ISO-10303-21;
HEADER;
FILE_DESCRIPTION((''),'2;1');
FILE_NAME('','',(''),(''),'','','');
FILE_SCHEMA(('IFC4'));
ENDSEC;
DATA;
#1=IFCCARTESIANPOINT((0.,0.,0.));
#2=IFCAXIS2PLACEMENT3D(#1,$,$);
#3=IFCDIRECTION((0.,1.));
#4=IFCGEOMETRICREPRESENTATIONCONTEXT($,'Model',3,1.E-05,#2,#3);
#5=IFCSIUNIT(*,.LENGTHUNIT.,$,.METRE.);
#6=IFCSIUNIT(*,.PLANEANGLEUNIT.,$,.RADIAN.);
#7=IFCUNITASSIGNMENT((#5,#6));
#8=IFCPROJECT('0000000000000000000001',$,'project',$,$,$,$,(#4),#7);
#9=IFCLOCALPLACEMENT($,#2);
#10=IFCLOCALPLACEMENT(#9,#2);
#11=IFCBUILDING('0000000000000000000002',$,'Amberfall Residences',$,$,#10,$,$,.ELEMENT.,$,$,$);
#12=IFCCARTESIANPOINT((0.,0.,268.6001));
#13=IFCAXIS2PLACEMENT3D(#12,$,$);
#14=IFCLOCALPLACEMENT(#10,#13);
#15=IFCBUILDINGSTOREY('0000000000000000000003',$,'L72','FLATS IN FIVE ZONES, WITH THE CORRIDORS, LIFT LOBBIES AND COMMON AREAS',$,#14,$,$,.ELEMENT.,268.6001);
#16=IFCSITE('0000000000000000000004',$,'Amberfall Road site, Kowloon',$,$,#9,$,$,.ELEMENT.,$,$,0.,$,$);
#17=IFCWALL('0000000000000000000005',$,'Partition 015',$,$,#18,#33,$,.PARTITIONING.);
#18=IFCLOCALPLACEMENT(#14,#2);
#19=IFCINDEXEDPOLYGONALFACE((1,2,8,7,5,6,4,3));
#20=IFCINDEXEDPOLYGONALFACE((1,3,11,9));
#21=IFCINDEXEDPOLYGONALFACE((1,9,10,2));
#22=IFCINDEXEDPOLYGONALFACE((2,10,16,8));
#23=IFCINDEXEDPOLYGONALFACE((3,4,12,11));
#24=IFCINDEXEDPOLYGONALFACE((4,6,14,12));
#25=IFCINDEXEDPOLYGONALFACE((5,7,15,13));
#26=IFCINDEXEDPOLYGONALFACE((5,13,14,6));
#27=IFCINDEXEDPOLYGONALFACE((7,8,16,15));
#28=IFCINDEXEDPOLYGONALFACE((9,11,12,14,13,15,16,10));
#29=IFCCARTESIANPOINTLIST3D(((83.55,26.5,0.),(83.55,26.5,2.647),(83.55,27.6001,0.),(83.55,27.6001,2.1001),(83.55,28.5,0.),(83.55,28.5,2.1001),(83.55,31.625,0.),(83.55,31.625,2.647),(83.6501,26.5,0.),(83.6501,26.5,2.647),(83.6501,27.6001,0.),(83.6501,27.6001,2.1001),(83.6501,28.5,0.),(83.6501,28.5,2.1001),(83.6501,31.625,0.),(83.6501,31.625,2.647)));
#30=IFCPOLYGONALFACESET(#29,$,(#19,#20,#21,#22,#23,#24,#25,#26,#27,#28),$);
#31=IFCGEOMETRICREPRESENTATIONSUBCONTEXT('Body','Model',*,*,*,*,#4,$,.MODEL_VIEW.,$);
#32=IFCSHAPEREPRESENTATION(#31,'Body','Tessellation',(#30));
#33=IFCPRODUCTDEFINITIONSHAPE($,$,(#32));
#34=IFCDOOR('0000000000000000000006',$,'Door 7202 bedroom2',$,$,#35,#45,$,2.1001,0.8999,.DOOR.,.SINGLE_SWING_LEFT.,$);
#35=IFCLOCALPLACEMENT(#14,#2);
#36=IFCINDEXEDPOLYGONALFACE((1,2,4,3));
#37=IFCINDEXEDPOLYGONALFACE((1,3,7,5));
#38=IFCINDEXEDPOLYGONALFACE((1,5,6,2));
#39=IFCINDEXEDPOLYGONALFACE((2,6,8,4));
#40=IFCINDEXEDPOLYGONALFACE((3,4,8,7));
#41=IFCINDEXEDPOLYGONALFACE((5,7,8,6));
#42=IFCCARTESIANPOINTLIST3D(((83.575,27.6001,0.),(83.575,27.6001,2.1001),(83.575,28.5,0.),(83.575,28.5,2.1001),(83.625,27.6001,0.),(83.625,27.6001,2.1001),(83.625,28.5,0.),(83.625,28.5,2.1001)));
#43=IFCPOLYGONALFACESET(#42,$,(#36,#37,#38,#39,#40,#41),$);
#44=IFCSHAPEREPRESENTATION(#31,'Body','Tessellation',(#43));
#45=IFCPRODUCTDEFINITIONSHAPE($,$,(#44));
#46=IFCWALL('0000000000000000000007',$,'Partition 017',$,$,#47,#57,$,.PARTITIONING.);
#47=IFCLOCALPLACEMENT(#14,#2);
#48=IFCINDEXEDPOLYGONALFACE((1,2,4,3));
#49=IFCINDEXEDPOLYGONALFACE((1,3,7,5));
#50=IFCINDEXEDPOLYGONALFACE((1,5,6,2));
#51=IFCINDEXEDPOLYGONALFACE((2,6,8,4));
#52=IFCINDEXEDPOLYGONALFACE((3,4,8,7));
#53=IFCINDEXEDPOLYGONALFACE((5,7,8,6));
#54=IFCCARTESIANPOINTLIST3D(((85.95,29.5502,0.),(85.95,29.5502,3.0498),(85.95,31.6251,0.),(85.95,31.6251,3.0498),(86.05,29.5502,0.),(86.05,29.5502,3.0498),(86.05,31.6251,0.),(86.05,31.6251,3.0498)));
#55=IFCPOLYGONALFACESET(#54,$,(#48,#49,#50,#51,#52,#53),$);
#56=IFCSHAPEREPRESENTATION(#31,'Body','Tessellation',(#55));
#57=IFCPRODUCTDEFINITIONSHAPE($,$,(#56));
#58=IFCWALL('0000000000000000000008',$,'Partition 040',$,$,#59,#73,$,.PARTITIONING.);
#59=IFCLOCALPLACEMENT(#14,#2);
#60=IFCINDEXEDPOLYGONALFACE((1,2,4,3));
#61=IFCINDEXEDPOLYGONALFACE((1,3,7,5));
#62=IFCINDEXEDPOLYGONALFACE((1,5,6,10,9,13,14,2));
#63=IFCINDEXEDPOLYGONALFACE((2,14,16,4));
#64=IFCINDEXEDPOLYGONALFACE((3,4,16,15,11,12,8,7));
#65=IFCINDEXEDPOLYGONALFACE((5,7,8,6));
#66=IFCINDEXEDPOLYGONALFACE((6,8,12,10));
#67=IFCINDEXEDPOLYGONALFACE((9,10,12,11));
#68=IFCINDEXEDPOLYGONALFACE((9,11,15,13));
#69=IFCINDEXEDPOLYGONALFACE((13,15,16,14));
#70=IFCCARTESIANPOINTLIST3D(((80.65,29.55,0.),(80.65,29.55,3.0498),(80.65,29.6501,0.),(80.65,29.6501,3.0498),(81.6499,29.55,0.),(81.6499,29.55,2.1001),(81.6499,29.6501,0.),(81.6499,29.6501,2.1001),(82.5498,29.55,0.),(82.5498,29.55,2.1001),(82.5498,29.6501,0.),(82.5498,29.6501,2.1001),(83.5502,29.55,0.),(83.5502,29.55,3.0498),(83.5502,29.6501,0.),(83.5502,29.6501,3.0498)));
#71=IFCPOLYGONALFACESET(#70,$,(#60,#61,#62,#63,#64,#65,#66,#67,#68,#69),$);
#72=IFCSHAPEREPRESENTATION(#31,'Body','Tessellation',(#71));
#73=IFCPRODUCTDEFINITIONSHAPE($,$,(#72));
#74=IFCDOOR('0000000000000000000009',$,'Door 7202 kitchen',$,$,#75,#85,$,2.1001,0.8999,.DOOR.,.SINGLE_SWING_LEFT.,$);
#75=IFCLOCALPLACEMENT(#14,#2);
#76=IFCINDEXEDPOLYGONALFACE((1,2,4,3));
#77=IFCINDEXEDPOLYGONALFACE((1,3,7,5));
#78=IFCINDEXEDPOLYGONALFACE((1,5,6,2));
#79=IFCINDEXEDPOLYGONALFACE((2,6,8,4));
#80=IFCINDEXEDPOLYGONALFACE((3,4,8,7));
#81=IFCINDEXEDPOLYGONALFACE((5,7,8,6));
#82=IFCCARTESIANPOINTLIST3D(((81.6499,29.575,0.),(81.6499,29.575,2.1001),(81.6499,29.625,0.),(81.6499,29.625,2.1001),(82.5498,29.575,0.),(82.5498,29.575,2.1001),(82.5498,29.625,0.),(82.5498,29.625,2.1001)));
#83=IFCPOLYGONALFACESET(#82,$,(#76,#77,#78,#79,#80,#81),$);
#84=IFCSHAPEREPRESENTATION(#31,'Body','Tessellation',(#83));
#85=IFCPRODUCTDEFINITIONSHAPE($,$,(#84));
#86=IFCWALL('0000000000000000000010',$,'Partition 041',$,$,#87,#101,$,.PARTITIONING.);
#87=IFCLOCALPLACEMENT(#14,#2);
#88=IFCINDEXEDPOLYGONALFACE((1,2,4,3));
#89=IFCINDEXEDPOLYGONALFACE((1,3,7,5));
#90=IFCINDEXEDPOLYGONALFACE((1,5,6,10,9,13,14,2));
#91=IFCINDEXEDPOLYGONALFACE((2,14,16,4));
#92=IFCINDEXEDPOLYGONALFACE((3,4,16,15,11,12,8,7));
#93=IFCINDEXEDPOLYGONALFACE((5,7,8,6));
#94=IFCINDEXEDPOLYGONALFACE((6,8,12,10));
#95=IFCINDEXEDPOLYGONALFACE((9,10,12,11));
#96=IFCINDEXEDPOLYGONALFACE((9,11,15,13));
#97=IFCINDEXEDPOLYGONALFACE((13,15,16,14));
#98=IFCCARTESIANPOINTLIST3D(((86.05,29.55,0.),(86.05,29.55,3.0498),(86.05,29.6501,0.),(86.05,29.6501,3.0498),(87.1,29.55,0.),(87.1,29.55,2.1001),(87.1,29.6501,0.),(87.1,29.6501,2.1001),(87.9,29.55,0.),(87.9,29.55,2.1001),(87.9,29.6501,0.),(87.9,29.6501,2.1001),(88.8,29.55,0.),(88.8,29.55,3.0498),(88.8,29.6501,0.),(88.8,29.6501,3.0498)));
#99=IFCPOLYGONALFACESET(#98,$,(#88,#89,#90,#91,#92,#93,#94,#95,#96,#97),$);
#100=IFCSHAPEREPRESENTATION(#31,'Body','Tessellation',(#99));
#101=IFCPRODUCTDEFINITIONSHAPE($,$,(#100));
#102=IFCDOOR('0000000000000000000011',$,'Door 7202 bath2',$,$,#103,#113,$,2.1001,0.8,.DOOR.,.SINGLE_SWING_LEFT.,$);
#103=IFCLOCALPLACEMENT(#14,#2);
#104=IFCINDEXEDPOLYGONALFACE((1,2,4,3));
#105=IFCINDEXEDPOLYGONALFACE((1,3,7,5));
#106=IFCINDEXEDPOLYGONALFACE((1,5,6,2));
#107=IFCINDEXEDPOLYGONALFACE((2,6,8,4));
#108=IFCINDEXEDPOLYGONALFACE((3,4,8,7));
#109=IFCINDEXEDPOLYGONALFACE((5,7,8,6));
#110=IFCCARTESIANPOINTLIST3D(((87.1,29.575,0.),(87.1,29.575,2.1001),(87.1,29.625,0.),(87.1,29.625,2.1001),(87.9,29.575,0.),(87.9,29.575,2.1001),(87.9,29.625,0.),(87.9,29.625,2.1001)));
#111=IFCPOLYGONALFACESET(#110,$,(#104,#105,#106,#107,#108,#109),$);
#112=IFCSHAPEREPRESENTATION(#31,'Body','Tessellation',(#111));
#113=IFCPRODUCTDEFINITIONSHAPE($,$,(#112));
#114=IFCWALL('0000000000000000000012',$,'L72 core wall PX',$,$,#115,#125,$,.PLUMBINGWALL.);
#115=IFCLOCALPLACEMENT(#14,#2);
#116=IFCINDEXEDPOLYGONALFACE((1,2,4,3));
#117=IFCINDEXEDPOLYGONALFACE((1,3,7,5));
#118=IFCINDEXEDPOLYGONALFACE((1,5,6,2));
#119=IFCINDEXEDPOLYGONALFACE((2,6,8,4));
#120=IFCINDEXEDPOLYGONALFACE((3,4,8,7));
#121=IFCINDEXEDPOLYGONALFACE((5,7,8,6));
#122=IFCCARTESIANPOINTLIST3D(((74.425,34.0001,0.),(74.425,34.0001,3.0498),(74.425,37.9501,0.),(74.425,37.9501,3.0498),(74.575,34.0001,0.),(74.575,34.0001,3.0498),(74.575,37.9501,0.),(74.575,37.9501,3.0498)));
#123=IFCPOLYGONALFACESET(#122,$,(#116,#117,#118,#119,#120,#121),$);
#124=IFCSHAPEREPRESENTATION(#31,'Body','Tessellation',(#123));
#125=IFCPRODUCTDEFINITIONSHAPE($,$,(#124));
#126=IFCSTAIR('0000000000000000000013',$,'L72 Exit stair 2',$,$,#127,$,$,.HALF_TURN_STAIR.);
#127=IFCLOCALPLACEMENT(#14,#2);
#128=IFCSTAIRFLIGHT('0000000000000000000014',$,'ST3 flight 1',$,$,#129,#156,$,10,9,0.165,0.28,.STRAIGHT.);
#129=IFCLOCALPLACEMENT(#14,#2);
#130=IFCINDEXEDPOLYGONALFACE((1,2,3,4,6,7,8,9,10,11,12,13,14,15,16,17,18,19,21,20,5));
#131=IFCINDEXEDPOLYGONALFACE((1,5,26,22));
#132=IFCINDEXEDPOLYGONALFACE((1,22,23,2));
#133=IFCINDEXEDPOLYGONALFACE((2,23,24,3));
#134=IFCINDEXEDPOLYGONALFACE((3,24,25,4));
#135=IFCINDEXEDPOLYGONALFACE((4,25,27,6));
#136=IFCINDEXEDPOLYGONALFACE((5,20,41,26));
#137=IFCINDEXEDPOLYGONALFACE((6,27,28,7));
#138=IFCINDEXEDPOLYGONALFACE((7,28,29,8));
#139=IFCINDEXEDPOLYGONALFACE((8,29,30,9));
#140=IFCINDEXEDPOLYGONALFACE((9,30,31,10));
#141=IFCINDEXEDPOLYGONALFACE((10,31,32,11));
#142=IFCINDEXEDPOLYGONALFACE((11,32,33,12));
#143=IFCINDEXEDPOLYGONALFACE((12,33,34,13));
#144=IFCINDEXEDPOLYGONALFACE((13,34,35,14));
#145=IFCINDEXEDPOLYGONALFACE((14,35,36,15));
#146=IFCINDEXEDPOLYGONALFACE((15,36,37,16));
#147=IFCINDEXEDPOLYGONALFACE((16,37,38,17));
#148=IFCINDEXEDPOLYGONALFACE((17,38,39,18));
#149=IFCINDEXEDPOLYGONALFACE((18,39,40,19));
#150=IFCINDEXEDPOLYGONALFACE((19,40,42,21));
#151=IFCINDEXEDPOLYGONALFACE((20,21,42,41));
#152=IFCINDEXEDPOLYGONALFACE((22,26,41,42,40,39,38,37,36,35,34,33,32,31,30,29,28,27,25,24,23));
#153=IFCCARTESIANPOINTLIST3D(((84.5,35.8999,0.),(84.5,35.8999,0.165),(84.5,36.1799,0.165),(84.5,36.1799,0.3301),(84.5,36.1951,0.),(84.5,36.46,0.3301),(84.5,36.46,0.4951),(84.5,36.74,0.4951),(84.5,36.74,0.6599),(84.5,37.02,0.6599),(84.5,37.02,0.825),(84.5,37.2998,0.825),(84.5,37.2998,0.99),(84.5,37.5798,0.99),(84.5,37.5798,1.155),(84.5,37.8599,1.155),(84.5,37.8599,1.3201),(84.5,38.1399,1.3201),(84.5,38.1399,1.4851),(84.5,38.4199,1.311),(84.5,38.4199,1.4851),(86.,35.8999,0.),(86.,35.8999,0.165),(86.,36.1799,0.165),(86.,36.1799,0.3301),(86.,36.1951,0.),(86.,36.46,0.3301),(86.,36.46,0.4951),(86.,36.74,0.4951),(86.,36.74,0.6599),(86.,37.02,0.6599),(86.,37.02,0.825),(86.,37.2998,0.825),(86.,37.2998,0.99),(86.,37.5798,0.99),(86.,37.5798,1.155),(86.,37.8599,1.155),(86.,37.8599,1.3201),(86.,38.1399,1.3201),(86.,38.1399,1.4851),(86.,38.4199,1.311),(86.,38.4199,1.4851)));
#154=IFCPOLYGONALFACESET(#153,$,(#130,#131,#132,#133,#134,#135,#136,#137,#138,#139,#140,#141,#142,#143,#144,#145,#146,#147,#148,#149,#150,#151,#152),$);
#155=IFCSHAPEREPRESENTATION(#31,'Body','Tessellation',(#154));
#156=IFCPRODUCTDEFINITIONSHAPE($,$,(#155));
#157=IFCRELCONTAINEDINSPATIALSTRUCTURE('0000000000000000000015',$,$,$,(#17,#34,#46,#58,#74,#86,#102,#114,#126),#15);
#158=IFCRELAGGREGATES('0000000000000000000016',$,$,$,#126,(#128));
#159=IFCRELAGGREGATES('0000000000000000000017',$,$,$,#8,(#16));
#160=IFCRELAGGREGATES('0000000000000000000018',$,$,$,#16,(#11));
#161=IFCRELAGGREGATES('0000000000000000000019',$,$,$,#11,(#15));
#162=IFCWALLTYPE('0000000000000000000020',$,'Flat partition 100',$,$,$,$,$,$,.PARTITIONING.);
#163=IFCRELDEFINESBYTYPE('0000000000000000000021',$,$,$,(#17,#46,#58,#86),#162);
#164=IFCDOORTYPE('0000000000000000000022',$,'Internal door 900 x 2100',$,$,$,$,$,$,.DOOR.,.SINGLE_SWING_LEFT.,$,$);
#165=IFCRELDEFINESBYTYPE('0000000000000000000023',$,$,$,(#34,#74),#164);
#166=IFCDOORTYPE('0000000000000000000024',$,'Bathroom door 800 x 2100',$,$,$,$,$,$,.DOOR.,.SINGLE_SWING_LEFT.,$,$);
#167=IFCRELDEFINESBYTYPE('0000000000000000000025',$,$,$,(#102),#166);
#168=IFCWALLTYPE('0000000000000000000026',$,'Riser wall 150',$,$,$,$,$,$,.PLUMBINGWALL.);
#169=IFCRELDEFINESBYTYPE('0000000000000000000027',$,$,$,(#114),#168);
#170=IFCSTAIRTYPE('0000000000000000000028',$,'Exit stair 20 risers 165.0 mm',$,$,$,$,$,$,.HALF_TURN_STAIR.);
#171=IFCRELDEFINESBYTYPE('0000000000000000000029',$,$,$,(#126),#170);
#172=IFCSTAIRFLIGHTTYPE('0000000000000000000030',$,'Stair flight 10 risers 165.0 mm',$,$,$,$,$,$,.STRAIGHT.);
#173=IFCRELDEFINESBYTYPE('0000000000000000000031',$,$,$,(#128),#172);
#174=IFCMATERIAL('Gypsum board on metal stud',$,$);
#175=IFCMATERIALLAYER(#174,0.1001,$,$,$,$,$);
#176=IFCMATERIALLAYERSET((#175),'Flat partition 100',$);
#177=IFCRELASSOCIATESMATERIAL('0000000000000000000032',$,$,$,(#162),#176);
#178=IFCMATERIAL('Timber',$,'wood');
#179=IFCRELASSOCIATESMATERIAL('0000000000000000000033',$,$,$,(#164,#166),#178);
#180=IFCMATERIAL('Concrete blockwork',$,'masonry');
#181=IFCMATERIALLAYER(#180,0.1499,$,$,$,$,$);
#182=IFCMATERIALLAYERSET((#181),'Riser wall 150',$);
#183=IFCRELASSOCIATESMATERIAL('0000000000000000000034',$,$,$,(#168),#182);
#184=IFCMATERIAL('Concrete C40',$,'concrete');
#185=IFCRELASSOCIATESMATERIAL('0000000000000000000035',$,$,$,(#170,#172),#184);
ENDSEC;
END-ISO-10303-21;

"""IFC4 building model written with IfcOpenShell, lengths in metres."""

from ifc_helpers import new_model, si_unit, direction, frame, frame_2d, origin, place, context, subcontext, project, spatial, polyline, rectangle, outline, extrude, material, layer, layer_set, type_object, element, fill, aggregate, save


model = new_model("IFC4")

# Units and contexts
model_context = context("Model", 3, precision=1e-05, world=origin(), true_north=direction((0.0, 1.0)))
body_context = subcontext(model_context, "Body", "Model", "MODEL_VIEW")
ifc_project = project(units=[si_unit("LENGTHUNIT", "METRE"), si_unit("PLANEANGLEUNIT", "RADIAN")], contexts=[model_context])

# Site, building, storey
site_placement = place(None, origin())
site = spatial("IfcSite", under=ifc_project, at=site_placement, Name="Amberfall Road site, Kowloon", CompositionType="ELEMENT", RefElevation=0.0)
building_placement = place(site_placement, origin())
building = spatial("IfcBuilding", under=site, at=building_placement, Name="Amberfall Residences", CompositionType="ELEMENT")
storey_placement = place(building_placement, frame((0.0, 0.0, 268.6001)))
storey = spatial("IfcBuildingStorey", under=building, at=storey_placement, Name="L72", Description="FLATS IN FIVE ZONES, WITH THE CORRIDORS, LIFT LOBBIES AND COMMON AREAS", CompositionType="ELEMENT", Elevation=268.6001)

# Shared definitions
ifc_material_1 = material(Name="Gypsum board on metal stud")
ifc_layer_1 = layer(ifc_material_1, 0.1001)
ifc_layer_set_1 = layer_set([ifc_layer_1], Name="Flat partition 100")
wall_type_1 = type_object("IfcWallType", Name="Flat partition 100", PredefinedType="PARTITIONING", material=ifc_layer_set_1)

# Wall, opening, door
wall_1_placement = place(storey_placement, frame((83.6001, 31.625, 0.0), z_axis=(0.0, 0.0, 1.0), x_axis=(0.0, -1.0, 0.0)))
wall_1 = element("IfcWall", 1, at=wall_1_placement, inside=storey, type_object=wall_type_1, Name="Partition 015", PredefinedType="PARTITIONING", context=body_context, shape_type="SweptSolid", body=[
    extrude(rectangle(XDim=5.125, YDim=0.1001, at=frame_2d((2.5625, 0.0))), origin(), (0.0, 0.0, 1.0), 2.647),
])
opening_1_placement = place(wall_1_placement, frame((3.125, 0.0, 0.0)))
opening_1 = element("IfcOpeningElement", 2, at=opening_1_placement, cuts=wall_1, PredefinedType="OPENING", context=body_context, shape_type="SweptSolid", body=[
    extrude(rectangle(XDim=0.8999, YDim=2.1001, at=frame_2d((0.45, 1.05))), frame((0.0, 0.0601, 0.0), z_axis=(0.0, -1.0, 0.0), x_axis=(1.0, 0.0, 0.0)), (0.0, 0.0, 1.0), 0.1201),
])
ifc_material_2 = material(Name="Timber", Category="wood")
door_type_1 = type_object("IfcDoorType", Name="Internal door 900 x 2100", OperationType="SINGLE_SWING_LEFT", PredefinedType="DOOR", material=ifc_material_2)
door_1_placement = place(opening_1_placement, origin())
door_1 = element("IfcDoor", 3, at=door_1_placement, inside=storey, type_object=door_type_1, Name="Door 7202 bedroom2", OperationType="SINGLE_SWING_LEFT", OverallHeight=2.1001, OverallWidth=0.8999, PredefinedType="DOOR", context=body_context, shape_type="SweptSolid", body=[
    extrude(rectangle(XDim=0.8999, YDim=2.1001, at=frame_2d((0.45, 1.05))), frame((0.0, 0.0249, 0.0), z_axis=(0.0, -1.0, 0.0), x_axis=(1.0, 0.0, 0.0)), (0.0, 0.0, 1.0), 0.05),
])
fill(opening_1, door_1)

# Wall
wall_2_placement = place(storey_placement, frame((86.0, 29.55, 0.0), z_axis=(0.0, 0.0, 1.0), x_axis=(0.0, 1.0, 0.0)))
element("IfcWall", 4, at=wall_2_placement, inside=storey, type_object=wall_type_1, Name="Partition 017", PredefinedType="PARTITIONING", context=body_context, shape_type="SweptSolid", body=[
    extrude(rectangle(XDim=2.075, YDim=0.1001, at=frame_2d((1.0376, 0.0))), origin(), (0.0, 0.0, 1.0), 3.0498),
])

# Walls, openings, doors
wall_3_placement = place(storey_placement, frame((80.6499, 29.6001, 0.0), z_axis=(0.0, 0.0, 1.0), x_axis=(1.0, 0.0, 0.0)))
wall_3 = element("IfcWall", 5, at=wall_3_placement, inside=storey, type_object=wall_type_1, Name="Partition 040", PredefinedType="PARTITIONING", context=body_context, shape_type="SweptSolid", body=[
    extrude(rectangle(XDim=2.9001, YDim=0.1001, at=frame_2d((1.4502, 0.0))), origin(), (0.0, 0.0, 1.0), 3.0498),
])
opening_2_placement = place(wall_3_placement, frame((1.0, 0.0, 0.0)))
opening_2 = element("IfcOpeningElement", 6, at=opening_2_placement, cuts=wall_3, PredefinedType="OPENING", context=body_context, shape_type="SweptSolid", body=[
    extrude(rectangle(XDim=0.8999, YDim=2.1001, at=frame_2d((0.45, 1.05))), frame((0.0, 0.0601, 0.0), z_axis=(0.0, -1.0, 0.0), x_axis=(1.0, 0.0, 0.0)), (0.0, 0.0, 1.0), 0.1201),
])
door_2_placement = place(opening_2_placement, origin())
door_2 = element("IfcDoor", 7, at=door_2_placement, inside=storey, type_object=door_type_1, Name="Door 7202 kitchen", OperationType="SINGLE_SWING_LEFT", OverallHeight=2.1001, OverallWidth=0.8999, PredefinedType="DOOR", context=body_context, shape_type="SweptSolid", body=[
    extrude(rectangle(XDim=0.8999, YDim=2.1001, at=frame_2d((0.45, 1.05))), frame((0.0, 0.0249, 0.0), z_axis=(0.0, -1.0, 0.0), x_axis=(1.0, 0.0, 0.0)), (0.0, 0.0, 1.0), 0.05),
])
fill(opening_2, door_2)
wall_4_placement = place(storey_placement, frame((86.05, 29.6001, 0.0), z_axis=(0.0, 0.0, 1.0), x_axis=(1.0, 0.0, 0.0)))
wall_4 = element("IfcWall", 8, at=wall_4_placement, inside=storey, type_object=wall_type_1, Name="Partition 041", PredefinedType="PARTITIONING", context=body_context, shape_type="SweptSolid", body=[
    extrude(rectangle(XDim=2.75, YDim=0.1001, at=frame_2d((1.375, 0.0))), origin(), (0.0, 0.0, 1.0), 3.0498),
])
opening_3_placement = place(wall_4_placement, frame((1.05, 0.0, 0.0)))
opening_3 = element("IfcOpeningElement", 9, at=opening_3_placement, cuts=wall_4, PredefinedType="OPENING", context=body_context, shape_type="SweptSolid", body=[
    extrude(rectangle(XDim=0.8, YDim=2.1001, at=frame_2d((0.3999, 1.05))), frame((0.0, 0.0601, 0.0), z_axis=(0.0, -1.0, 0.0), x_axis=(1.0, 0.0, 0.0)), (0.0, 0.0, 1.0), 0.1201),
])
door_type_2 = type_object("IfcDoorType", Name="Bathroom door 800 x 2100", OperationType="SINGLE_SWING_LEFT", PredefinedType="DOOR", material=ifc_material_2)
door_3_placement = place(opening_3_placement, origin())
door_3 = element("IfcDoor", 10, at=door_3_placement, inside=storey, type_object=door_type_2, Name="Door 7202 bath2", OperationType="SINGLE_SWING_LEFT", OverallHeight=2.1001, OverallWidth=0.8, PredefinedType="DOOR", context=body_context, shape_type="SweptSolid", body=[
    extrude(rectangle(XDim=0.8, YDim=2.1001, at=frame_2d((0.3999, 1.05))), frame((0.0, 0.0249, 0.0), z_axis=(0.0, -1.0, 0.0), x_axis=(1.0, 0.0, 0.0)), (0.0, 0.0, 1.0), 0.05),
])
fill(opening_3, door_3)

# Wall
ifc_material_3 = material(Name="Concrete blockwork", Category="masonry")
ifc_layer_2 = layer(ifc_material_3, 0.1499)
ifc_layer_set_2 = layer_set([ifc_layer_2], Name="Riser wall 150")
wall_type_2 = type_object("IfcWallType", Name="Riser wall 150", PredefinedType="PLUMBINGWALL", material=ifc_layer_set_2)
wall_5_placement = place(storey_placement, frame((74.5, 34.0, 0.0), z_axis=(0.0, 0.0, 1.0), x_axis=(0.0, 1.0, 0.0)))
element("IfcWall", 11, at=wall_5_placement, inside=storey, type_object=wall_type_2, Name="L72 core wall PX", PredefinedType="PLUMBINGWALL", context=body_context, shape_type="SweptSolid", body=[
    extrude(rectangle(XDim=3.95, YDim=0.1499, at=frame_2d((1.9751, 0.0))), origin(), (0.0, 0.0, 1.0), 3.0498),
])

# Stair, stair flight
ifc_material_4 = material(Name="Concrete C40", Category="concrete")
stair_type = type_object("IfcStairType", Name="Exit stair 20 risers 165.0 mm", PredefinedType="HALF_TURN_STAIR", material=ifc_material_4)
stair_placement = place(storey_placement, origin())
stair = element("IfcStair", 12, at=stair_placement, inside=storey, type_object=stair_type, Name="L72 Exit stair 2", PredefinedType="HALF_TURN_STAIR")
stair_flight_type = type_object("IfcStairFlightType", Name="Stair flight 10 risers 165.0 mm", PredefinedType="STRAIGHT", material=ifc_material_4)
stair_flight_1_placement = place(storey_placement, frame((85.25, 35.8999, 0.0), z_axis=(0.0, 0.0, 1.0), x_axis=(0.0, 1.0, 0.0)))
stair_flight_1 = element("IfcStairFlight", 13, at=stair_flight_1_placement, type_object=stair_flight_type, Name="ST3 flight 1", NumberOfRisers=10, NumberOfTreads=9, PredefinedType="STRAIGHT", RiserHeight=0.165, TreadLength=0.28, context=body_context, shape_type="SweptSolid", body=[
    extrude(outline(polyline([(0.0, 0.0), (0.0, 0.165), (0.28, 0.165), (0.28, 0.3301), (0.5601, 0.3301), (0.5601, 0.4951), (0.8401, 0.4951), (0.8401, 0.6599), (1.1201, 0.6599), (1.1201, 0.825), (1.3999, 0.825), (1.3999, 0.99), (1.6799, 0.99), (1.6799, 1.155), (1.96, 1.155), (1.96, 1.3201), (2.24, 1.3201), (2.24, 1.4851), (2.52, 1.4851), (2.52, 1.6499), (2.52, 1.311), (0.2952, 0.0), (0.0, 0.0)])), frame((0.0, 0.75, 0.0), z_axis=(0.0, -1.0, 0.0), x_axis=(1.0, 0.0, 0.0)), (0.0, 0.0, 1.0), 1.5),
])
aggregate(stair, [stair_flight_1])

save(model, "model.ifc")
